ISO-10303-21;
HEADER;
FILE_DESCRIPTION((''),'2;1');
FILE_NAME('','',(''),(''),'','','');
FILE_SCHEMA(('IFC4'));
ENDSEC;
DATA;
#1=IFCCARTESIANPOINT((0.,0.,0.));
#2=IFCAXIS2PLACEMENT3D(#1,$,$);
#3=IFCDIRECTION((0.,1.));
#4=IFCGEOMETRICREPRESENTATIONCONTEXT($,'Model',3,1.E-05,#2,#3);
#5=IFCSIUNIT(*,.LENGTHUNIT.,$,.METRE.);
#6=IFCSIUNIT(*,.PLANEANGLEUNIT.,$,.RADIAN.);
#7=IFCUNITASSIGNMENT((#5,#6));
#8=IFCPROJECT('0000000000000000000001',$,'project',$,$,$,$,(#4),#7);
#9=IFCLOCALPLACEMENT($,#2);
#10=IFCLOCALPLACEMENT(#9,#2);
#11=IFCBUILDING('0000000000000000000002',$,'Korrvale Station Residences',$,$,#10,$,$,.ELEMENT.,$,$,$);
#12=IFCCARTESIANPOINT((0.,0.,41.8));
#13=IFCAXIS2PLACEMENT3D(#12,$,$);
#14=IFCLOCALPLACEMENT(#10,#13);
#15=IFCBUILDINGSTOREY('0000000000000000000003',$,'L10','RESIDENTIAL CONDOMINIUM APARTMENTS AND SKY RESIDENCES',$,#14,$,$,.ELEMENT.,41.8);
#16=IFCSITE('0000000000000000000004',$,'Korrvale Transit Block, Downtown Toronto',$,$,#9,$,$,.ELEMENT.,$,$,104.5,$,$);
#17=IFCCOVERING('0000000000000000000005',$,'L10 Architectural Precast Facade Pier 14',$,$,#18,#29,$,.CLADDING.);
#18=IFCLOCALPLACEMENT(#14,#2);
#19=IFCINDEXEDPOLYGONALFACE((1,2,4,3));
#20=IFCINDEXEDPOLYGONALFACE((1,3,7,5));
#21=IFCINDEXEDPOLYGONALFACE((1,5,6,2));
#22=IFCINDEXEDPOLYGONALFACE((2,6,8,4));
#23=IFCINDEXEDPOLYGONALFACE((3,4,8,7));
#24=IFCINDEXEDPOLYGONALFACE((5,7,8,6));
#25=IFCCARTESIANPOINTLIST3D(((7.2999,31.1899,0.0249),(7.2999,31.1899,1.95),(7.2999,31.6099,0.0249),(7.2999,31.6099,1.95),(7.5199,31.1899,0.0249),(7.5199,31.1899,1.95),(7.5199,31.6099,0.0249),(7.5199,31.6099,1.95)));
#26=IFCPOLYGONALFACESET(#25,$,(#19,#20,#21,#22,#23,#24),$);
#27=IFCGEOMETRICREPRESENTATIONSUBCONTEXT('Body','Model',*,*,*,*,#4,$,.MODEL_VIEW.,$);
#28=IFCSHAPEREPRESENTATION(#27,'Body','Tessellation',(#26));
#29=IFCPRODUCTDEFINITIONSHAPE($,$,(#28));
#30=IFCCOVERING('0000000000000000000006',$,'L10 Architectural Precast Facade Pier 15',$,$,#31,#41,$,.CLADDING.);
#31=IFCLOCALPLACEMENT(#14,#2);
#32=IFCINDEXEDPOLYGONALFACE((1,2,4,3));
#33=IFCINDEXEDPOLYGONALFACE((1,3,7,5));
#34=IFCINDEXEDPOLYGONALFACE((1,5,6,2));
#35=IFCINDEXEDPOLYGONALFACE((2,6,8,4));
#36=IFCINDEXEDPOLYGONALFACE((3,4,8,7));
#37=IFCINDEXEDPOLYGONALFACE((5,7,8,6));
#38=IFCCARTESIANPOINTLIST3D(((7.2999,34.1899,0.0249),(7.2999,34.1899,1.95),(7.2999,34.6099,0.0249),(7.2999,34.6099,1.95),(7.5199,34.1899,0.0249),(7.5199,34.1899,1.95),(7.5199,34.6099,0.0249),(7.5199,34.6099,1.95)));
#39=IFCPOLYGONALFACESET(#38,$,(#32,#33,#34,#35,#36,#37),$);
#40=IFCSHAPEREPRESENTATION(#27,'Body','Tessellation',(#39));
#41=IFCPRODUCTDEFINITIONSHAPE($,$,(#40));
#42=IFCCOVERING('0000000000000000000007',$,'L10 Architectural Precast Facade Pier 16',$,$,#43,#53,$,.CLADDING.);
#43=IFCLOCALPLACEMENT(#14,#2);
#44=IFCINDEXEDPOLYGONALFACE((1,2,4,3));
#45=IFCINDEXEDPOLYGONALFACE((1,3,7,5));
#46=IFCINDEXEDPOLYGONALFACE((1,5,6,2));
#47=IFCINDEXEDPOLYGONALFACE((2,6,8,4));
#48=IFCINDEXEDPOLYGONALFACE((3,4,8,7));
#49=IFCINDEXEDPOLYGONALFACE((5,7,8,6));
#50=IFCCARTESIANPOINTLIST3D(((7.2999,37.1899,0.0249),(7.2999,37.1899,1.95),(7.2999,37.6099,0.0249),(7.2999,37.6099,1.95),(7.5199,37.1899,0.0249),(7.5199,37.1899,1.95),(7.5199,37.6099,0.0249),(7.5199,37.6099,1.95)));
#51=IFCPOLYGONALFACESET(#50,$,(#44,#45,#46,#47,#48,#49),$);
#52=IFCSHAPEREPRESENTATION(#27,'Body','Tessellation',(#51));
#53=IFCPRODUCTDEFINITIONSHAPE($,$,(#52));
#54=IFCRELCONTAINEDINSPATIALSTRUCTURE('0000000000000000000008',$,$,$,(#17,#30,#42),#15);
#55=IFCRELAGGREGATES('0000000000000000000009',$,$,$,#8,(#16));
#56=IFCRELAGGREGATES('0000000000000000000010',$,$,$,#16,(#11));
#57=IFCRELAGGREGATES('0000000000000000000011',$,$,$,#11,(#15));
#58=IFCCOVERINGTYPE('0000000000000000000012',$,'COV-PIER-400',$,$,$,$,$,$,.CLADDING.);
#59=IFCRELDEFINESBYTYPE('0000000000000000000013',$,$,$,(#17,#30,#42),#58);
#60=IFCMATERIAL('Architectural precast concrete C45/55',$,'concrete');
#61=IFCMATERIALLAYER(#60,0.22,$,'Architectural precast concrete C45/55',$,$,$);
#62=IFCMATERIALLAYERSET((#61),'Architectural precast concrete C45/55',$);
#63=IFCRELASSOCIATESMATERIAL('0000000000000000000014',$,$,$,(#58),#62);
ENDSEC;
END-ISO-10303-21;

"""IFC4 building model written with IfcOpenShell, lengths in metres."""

from ifc_helpers import new_model, si_unit, direction, frame, origin, origin_2d, place, context, subcontext, project, spatial, rectangle, extrude, material, layer, layer_set, type_object, element, save


model = new_model("IFC4")

# Units and contexts
model_context = context("Model", 3, precision=1e-05, world=origin(), true_north=direction((0.0, 1.0)))
body_context = subcontext(model_context, "Body", "Model", "MODEL_VIEW")
ifc_project = project(units=[si_unit("LENGTHUNIT", "METRE"), si_unit("PLANEANGLEUNIT", "RADIAN")], contexts=[model_context])

# Site, building, storey
site_placement = place(None, origin())
site = spatial("IfcSite", under=ifc_project, at=site_placement, Name="Korrvale Transit Block, Downtown Toronto", CompositionType="ELEMENT", RefElevation=104.5)
building_placement = place(site_placement, origin())
building = spatial("IfcBuilding", under=site, at=building_placement, Name="Korrvale Station Residences", CompositionType="ELEMENT")
storey_placement = place(building_placement, frame((0.0, 0.0, 41.8)))
storey = spatial("IfcBuildingStorey", under=building, at=storey_placement, Name="L10", Description="RESIDENTIAL CONDOMINIUM APARTMENTS AND SKY RESIDENCES", CompositionType="ELEMENT", Elevation=41.8)

# Coverings
ifc_material_1 = material(Name="Architectural precast concrete C45/55", Category="concrete")
ifc_layer_1 = layer(ifc_material_1, 0.22, Name="Architectural precast concrete C45/55")
ifc_layer_set_1 = layer_set([ifc_layer_1], Name="Architectural precast concrete C45/55")
covering_type = type_object("IfcCoveringType", Name="COV-PIER-400", PredefinedType="CLADDING", material=ifc_layer_set_1)
for number, where, z_axis, x_axis, name in (
    (1, (7.4099, 31.3999, 0.0249), (0.0, 0.0, 1.0), (0.0, 1.0, 0.0), "L10 Architectural Precast Facade Pier 14"),
    (2, (7.4099, 34.3999, 0.0249), (0.0, 0.0, 1.0), (0.0, 1.0, 0.0), "L10 Architectural Precast Facade Pier 15"),
    (3, (7.4099, 37.3999, 0.0249), (0.0, 0.0, 1.0), (0.0, 1.0, 0.0), "L10 Architectural Precast Facade Pier 16"),
):
    element("IfcCovering", number, at=place(storey_placement, frame(where, z_axis=z_axis, x_axis=x_axis)), inside=storey, type_object=covering_type, Name=name, PredefinedType="CLADDING", context=body_context, shape_type="SweptSolid", body=[
        extrude(rectangle(XDim=0.4199, YDim=0.22, at=origin_2d()), origin(), (0.0, 0.0, 1.0), 1.925),
    ])

save(model, "model.ifc")
